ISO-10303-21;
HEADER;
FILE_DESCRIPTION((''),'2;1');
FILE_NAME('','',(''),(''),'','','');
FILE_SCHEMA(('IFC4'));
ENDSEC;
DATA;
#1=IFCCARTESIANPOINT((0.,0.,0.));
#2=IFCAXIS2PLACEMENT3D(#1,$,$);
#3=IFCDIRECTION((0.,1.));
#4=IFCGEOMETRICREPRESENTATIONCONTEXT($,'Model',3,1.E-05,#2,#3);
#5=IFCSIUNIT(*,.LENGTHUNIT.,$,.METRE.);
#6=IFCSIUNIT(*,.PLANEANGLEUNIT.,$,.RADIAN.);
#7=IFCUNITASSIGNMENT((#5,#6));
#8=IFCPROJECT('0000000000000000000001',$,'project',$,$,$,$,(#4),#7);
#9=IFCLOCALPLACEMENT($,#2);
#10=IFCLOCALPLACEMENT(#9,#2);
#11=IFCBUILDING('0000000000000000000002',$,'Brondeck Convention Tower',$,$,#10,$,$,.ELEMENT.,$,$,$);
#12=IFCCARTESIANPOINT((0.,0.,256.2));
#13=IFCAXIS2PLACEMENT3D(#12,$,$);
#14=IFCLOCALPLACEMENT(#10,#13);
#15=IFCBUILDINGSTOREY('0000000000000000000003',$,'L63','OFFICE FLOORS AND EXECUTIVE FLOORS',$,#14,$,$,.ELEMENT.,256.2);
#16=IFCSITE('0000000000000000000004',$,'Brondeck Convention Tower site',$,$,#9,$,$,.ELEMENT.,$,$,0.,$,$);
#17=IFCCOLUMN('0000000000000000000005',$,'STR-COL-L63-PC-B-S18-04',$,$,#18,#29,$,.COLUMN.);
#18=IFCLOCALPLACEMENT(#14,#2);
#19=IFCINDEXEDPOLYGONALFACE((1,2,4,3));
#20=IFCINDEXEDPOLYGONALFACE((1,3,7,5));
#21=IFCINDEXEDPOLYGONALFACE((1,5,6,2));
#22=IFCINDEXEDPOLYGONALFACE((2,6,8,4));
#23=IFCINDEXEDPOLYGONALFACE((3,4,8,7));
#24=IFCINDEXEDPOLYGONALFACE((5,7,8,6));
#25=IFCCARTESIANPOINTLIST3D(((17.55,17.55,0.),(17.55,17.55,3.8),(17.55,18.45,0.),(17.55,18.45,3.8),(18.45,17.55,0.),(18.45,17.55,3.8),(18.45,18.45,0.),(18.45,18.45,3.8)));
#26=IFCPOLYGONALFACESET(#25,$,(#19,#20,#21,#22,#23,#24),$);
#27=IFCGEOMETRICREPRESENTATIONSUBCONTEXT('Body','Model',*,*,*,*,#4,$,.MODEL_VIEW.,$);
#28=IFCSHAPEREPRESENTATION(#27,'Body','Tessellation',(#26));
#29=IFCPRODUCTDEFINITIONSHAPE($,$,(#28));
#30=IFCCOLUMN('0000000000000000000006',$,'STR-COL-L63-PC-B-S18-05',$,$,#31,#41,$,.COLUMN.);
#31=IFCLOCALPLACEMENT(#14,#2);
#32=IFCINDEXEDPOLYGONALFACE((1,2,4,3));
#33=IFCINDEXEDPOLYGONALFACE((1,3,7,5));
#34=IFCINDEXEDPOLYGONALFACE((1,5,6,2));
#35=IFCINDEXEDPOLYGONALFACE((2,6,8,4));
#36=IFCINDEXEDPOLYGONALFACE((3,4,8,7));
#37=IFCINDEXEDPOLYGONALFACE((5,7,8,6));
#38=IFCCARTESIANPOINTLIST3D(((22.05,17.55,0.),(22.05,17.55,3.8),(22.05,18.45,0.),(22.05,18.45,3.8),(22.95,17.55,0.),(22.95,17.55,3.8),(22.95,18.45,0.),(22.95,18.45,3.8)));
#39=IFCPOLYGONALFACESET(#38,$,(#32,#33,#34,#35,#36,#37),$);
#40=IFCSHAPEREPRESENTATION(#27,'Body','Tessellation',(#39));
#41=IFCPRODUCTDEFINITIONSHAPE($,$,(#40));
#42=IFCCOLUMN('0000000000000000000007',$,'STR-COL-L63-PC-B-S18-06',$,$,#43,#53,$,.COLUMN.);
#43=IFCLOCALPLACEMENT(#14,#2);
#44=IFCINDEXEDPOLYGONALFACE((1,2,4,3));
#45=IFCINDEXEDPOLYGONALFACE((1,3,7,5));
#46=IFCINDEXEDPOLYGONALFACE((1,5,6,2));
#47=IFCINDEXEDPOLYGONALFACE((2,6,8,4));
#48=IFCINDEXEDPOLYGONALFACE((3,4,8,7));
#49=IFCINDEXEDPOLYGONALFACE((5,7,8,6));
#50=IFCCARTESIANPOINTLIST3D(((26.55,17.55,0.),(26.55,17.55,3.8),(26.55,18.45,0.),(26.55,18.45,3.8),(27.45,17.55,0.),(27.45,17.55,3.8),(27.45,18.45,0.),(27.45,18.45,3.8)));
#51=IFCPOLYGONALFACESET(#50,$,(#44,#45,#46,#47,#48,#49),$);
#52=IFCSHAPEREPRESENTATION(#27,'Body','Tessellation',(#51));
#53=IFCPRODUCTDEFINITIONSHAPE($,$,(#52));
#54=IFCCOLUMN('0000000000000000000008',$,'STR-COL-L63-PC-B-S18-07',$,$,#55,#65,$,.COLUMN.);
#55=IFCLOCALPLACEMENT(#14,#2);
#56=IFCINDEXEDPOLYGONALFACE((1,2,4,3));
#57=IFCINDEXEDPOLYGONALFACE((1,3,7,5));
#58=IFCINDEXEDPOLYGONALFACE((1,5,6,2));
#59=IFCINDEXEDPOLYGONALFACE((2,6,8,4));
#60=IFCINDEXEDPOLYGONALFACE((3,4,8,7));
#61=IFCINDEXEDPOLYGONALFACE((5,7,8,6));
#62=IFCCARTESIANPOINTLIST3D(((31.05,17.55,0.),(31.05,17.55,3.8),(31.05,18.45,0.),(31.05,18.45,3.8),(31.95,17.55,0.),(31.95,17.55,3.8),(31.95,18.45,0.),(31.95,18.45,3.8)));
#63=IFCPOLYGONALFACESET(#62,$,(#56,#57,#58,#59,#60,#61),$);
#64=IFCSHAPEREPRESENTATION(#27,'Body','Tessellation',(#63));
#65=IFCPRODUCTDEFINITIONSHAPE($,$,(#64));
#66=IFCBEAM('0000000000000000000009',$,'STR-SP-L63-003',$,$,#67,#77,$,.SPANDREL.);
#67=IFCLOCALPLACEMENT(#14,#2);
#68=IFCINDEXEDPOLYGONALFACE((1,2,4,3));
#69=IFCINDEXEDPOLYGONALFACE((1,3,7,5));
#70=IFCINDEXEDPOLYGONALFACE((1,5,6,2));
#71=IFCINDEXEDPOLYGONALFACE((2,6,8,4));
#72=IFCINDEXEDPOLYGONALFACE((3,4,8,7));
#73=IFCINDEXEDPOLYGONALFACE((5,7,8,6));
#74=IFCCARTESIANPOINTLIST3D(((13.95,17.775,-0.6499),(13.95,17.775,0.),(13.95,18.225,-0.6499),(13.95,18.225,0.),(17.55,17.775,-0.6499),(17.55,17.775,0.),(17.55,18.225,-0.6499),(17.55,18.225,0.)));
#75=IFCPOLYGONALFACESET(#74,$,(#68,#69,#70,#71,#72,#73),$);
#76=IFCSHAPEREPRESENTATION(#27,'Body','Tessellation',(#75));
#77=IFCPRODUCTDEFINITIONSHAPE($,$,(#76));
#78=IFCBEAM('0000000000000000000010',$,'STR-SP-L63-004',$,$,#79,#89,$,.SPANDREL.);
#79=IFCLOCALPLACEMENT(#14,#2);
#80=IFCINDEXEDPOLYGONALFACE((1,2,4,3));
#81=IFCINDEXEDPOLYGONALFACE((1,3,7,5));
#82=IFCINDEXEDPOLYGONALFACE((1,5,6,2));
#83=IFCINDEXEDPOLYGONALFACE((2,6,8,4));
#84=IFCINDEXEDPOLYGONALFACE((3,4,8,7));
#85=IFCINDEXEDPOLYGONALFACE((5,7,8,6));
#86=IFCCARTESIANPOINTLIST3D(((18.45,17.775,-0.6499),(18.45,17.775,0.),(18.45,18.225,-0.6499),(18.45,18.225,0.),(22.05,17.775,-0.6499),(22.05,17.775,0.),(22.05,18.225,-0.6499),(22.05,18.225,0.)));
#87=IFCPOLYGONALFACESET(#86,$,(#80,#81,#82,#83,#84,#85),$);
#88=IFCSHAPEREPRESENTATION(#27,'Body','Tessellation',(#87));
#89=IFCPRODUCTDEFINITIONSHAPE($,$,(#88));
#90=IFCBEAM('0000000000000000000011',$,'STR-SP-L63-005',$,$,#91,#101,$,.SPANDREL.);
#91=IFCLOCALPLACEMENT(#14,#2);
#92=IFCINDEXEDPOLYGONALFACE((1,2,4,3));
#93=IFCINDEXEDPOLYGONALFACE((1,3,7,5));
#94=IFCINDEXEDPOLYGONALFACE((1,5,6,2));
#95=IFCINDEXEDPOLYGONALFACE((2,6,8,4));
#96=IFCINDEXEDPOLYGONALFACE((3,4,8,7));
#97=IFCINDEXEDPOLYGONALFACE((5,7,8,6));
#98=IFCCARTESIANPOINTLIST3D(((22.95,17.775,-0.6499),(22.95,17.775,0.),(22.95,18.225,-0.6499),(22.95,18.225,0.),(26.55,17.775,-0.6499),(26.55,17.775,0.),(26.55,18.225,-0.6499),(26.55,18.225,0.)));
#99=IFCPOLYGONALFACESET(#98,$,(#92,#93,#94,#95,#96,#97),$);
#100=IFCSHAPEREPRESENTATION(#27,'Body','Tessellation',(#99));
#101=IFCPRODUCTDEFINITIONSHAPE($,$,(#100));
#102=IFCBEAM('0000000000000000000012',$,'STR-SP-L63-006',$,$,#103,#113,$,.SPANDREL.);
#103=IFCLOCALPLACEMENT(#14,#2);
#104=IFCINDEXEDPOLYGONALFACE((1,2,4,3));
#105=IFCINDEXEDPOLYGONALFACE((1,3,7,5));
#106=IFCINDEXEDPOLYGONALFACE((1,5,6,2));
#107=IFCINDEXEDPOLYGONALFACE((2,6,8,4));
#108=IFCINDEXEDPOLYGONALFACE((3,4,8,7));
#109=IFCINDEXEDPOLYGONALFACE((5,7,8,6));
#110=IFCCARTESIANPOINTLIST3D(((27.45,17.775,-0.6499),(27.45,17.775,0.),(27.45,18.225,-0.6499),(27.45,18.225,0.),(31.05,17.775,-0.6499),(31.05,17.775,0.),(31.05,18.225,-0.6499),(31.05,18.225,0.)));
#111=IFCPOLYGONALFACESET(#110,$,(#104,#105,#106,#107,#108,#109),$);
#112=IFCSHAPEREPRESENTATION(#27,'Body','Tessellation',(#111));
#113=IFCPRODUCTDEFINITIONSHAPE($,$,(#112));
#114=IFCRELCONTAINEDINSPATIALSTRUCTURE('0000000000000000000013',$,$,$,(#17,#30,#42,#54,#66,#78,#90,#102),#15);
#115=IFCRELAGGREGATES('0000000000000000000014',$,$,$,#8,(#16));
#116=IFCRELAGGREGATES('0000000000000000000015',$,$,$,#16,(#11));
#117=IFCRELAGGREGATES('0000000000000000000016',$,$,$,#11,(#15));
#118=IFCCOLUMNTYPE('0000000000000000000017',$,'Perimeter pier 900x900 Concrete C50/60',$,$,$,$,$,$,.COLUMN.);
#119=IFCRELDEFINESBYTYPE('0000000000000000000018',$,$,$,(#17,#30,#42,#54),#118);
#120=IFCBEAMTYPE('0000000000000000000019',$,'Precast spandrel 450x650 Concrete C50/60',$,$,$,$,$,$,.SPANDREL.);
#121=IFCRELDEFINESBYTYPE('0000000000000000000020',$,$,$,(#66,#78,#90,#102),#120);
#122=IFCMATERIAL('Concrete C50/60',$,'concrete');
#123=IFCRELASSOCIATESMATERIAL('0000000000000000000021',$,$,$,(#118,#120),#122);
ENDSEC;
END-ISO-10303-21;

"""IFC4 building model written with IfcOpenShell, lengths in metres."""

from ifc_helpers import new_model, si_unit, direction, frame, origin, origin_2d, place, context, subcontext, project, spatial, rectangle, extrude, material, material_profile, profile_set, type_object, element, save


model = new_model("IFC4")

# Units and contexts
model_context = context("Model", 3, precision=1e-05, world=origin(), true_north=direction((0.0, 1.0)))
body_context = subcontext(model_context, "Body", "Model", "MODEL_VIEW")
ifc_project = project(units=[si_unit("LENGTHUNIT", "METRE"), si_unit("PLANEANGLEUNIT", "RADIAN")], contexts=[model_context])

# Site, building, storey
site_placement = place(None, origin())
site = spatial("IfcSite", under=ifc_project, at=site_placement, Name="Brondeck Convention Tower site", CompositionType="ELEMENT", RefElevation=0.0)
building_placement = place(site_placement, origin())
building = spatial("IfcBuilding", under=site, at=building_placement, Name="Brondeck Convention Tower", CompositionType="ELEMENT")
storey_placement = place(building_placement, frame((0.0, 0.0, 256.2)))
storey = spatial("IfcBuildingStorey", under=building, at=storey_placement, Name="L63", Description="OFFICE FLOORS AND EXECUTIVE FLOORS", CompositionType="ELEMENT", Elevation=256.2)

# Columns
ifc_material_1 = material(Name="Concrete C50/60", Category="concrete")
ifc_material_profile_1 = material_profile(ifc_material_1, rectangle(XDim=0.8999, YDim=0.8999, at=origin_2d()), Name="Perimeter pier 900x900 Concrete C50/60")
ifc_profile_set_1 = profile_set([ifc_material_profile_1], Name="Concrete C50/60")
column_type = type_object("IfcColumnType", Name="Perimeter pier 900x900 Concrete C50/60", PredefinedType="COLUMN", material=ifc_profile_set_1)
for number, where, z_axis, x_axis, name in (
    (1, (18.0, 18.0, 0.0), (0.0, 0.0, 1.0), (1.0, 0.0, 0.0), "STR-COL-L63-PC-B-S18-04"),
    (2, (22.5, 18.0, 0.0), (0.0, 0.0, 1.0), (1.0, 0.0, 0.0), "STR-COL-L63-PC-B-S18-05"),
    (3, (27.0, 18.0, 0.0), (0.0, 0.0, 1.0), (1.0, 0.0, 0.0), "STR-COL-L63-PC-B-S18-06"),
    (4, (31.5, 18.0, 0.0), (0.0, 0.0, 1.0), (1.0, 0.0, 0.0), "STR-COL-L63-PC-B-S18-07"),
):
    element("IfcColumn", number, at=place(storey_placement, frame(where, z_axis=z_axis, x_axis=x_axis)), inside=storey, type_object=column_type, Name=name, PredefinedType="COLUMN", context=body_context, shape_type="SweptSolid", body=[
        extrude(rectangle(XDim=0.8999, YDim=0.8999, at=origin_2d()), origin(), (0.0, 0.0, 1.0), 3.8),
    ])

# Beams
ifc_material_profile_2 = material_profile(ifc_material_1, rectangle(XDim=0.45, YDim=0.6499, at=origin_2d()), Name="Precast spandrel 450x650 Concrete C50/60")
ifc_profile_set_2 = profile_set([ifc_material_profile_2], Name="Concrete C50/60")
beam_type = type_object("IfcBeamType", Name="Precast spandrel 450x650 Concrete C50/60", PredefinedType="SPANDREL", material=ifc_profile_set_2)
for number, where, z_axis, x_axis, name in (
    (5, (13.95, 18.0, -0.325), (1.0, 0.0, 0.0), (0.0, 1.0, 0.0), "STR-SP-L63-003"),
    (6, (18.45, 18.0, -0.325), (1.0, 0.0, 0.0), (0.0, 1.0, 0.0), "STR-SP-L63-004"),
    (7, (22.95, 18.0, -0.325), (1.0, 0.0, 0.0), (0.0, 1.0, 0.0), "STR-SP-L63-005"),
    (8, (27.45, 18.0, -0.325), (1.0, 0.0, 0.0), (0.0, 1.0, 0.0), "STR-SP-L63-006"),
):
    element("IfcBeam", number, at=place(storey_placement, frame(where, z_axis=z_axis, x_axis=x_axis)), inside=storey, type_object=beam_type, Name=name, PredefinedType="SPANDREL", context=body_context, shape_type="SweptSolid", body=[
        extrude(rectangle(XDim=0.45, YDim=0.6499, at=origin_2d()), origin(), (0.0, 0.0, 1.0), 3.6001),
    ])

save(model, "model.ifc")
